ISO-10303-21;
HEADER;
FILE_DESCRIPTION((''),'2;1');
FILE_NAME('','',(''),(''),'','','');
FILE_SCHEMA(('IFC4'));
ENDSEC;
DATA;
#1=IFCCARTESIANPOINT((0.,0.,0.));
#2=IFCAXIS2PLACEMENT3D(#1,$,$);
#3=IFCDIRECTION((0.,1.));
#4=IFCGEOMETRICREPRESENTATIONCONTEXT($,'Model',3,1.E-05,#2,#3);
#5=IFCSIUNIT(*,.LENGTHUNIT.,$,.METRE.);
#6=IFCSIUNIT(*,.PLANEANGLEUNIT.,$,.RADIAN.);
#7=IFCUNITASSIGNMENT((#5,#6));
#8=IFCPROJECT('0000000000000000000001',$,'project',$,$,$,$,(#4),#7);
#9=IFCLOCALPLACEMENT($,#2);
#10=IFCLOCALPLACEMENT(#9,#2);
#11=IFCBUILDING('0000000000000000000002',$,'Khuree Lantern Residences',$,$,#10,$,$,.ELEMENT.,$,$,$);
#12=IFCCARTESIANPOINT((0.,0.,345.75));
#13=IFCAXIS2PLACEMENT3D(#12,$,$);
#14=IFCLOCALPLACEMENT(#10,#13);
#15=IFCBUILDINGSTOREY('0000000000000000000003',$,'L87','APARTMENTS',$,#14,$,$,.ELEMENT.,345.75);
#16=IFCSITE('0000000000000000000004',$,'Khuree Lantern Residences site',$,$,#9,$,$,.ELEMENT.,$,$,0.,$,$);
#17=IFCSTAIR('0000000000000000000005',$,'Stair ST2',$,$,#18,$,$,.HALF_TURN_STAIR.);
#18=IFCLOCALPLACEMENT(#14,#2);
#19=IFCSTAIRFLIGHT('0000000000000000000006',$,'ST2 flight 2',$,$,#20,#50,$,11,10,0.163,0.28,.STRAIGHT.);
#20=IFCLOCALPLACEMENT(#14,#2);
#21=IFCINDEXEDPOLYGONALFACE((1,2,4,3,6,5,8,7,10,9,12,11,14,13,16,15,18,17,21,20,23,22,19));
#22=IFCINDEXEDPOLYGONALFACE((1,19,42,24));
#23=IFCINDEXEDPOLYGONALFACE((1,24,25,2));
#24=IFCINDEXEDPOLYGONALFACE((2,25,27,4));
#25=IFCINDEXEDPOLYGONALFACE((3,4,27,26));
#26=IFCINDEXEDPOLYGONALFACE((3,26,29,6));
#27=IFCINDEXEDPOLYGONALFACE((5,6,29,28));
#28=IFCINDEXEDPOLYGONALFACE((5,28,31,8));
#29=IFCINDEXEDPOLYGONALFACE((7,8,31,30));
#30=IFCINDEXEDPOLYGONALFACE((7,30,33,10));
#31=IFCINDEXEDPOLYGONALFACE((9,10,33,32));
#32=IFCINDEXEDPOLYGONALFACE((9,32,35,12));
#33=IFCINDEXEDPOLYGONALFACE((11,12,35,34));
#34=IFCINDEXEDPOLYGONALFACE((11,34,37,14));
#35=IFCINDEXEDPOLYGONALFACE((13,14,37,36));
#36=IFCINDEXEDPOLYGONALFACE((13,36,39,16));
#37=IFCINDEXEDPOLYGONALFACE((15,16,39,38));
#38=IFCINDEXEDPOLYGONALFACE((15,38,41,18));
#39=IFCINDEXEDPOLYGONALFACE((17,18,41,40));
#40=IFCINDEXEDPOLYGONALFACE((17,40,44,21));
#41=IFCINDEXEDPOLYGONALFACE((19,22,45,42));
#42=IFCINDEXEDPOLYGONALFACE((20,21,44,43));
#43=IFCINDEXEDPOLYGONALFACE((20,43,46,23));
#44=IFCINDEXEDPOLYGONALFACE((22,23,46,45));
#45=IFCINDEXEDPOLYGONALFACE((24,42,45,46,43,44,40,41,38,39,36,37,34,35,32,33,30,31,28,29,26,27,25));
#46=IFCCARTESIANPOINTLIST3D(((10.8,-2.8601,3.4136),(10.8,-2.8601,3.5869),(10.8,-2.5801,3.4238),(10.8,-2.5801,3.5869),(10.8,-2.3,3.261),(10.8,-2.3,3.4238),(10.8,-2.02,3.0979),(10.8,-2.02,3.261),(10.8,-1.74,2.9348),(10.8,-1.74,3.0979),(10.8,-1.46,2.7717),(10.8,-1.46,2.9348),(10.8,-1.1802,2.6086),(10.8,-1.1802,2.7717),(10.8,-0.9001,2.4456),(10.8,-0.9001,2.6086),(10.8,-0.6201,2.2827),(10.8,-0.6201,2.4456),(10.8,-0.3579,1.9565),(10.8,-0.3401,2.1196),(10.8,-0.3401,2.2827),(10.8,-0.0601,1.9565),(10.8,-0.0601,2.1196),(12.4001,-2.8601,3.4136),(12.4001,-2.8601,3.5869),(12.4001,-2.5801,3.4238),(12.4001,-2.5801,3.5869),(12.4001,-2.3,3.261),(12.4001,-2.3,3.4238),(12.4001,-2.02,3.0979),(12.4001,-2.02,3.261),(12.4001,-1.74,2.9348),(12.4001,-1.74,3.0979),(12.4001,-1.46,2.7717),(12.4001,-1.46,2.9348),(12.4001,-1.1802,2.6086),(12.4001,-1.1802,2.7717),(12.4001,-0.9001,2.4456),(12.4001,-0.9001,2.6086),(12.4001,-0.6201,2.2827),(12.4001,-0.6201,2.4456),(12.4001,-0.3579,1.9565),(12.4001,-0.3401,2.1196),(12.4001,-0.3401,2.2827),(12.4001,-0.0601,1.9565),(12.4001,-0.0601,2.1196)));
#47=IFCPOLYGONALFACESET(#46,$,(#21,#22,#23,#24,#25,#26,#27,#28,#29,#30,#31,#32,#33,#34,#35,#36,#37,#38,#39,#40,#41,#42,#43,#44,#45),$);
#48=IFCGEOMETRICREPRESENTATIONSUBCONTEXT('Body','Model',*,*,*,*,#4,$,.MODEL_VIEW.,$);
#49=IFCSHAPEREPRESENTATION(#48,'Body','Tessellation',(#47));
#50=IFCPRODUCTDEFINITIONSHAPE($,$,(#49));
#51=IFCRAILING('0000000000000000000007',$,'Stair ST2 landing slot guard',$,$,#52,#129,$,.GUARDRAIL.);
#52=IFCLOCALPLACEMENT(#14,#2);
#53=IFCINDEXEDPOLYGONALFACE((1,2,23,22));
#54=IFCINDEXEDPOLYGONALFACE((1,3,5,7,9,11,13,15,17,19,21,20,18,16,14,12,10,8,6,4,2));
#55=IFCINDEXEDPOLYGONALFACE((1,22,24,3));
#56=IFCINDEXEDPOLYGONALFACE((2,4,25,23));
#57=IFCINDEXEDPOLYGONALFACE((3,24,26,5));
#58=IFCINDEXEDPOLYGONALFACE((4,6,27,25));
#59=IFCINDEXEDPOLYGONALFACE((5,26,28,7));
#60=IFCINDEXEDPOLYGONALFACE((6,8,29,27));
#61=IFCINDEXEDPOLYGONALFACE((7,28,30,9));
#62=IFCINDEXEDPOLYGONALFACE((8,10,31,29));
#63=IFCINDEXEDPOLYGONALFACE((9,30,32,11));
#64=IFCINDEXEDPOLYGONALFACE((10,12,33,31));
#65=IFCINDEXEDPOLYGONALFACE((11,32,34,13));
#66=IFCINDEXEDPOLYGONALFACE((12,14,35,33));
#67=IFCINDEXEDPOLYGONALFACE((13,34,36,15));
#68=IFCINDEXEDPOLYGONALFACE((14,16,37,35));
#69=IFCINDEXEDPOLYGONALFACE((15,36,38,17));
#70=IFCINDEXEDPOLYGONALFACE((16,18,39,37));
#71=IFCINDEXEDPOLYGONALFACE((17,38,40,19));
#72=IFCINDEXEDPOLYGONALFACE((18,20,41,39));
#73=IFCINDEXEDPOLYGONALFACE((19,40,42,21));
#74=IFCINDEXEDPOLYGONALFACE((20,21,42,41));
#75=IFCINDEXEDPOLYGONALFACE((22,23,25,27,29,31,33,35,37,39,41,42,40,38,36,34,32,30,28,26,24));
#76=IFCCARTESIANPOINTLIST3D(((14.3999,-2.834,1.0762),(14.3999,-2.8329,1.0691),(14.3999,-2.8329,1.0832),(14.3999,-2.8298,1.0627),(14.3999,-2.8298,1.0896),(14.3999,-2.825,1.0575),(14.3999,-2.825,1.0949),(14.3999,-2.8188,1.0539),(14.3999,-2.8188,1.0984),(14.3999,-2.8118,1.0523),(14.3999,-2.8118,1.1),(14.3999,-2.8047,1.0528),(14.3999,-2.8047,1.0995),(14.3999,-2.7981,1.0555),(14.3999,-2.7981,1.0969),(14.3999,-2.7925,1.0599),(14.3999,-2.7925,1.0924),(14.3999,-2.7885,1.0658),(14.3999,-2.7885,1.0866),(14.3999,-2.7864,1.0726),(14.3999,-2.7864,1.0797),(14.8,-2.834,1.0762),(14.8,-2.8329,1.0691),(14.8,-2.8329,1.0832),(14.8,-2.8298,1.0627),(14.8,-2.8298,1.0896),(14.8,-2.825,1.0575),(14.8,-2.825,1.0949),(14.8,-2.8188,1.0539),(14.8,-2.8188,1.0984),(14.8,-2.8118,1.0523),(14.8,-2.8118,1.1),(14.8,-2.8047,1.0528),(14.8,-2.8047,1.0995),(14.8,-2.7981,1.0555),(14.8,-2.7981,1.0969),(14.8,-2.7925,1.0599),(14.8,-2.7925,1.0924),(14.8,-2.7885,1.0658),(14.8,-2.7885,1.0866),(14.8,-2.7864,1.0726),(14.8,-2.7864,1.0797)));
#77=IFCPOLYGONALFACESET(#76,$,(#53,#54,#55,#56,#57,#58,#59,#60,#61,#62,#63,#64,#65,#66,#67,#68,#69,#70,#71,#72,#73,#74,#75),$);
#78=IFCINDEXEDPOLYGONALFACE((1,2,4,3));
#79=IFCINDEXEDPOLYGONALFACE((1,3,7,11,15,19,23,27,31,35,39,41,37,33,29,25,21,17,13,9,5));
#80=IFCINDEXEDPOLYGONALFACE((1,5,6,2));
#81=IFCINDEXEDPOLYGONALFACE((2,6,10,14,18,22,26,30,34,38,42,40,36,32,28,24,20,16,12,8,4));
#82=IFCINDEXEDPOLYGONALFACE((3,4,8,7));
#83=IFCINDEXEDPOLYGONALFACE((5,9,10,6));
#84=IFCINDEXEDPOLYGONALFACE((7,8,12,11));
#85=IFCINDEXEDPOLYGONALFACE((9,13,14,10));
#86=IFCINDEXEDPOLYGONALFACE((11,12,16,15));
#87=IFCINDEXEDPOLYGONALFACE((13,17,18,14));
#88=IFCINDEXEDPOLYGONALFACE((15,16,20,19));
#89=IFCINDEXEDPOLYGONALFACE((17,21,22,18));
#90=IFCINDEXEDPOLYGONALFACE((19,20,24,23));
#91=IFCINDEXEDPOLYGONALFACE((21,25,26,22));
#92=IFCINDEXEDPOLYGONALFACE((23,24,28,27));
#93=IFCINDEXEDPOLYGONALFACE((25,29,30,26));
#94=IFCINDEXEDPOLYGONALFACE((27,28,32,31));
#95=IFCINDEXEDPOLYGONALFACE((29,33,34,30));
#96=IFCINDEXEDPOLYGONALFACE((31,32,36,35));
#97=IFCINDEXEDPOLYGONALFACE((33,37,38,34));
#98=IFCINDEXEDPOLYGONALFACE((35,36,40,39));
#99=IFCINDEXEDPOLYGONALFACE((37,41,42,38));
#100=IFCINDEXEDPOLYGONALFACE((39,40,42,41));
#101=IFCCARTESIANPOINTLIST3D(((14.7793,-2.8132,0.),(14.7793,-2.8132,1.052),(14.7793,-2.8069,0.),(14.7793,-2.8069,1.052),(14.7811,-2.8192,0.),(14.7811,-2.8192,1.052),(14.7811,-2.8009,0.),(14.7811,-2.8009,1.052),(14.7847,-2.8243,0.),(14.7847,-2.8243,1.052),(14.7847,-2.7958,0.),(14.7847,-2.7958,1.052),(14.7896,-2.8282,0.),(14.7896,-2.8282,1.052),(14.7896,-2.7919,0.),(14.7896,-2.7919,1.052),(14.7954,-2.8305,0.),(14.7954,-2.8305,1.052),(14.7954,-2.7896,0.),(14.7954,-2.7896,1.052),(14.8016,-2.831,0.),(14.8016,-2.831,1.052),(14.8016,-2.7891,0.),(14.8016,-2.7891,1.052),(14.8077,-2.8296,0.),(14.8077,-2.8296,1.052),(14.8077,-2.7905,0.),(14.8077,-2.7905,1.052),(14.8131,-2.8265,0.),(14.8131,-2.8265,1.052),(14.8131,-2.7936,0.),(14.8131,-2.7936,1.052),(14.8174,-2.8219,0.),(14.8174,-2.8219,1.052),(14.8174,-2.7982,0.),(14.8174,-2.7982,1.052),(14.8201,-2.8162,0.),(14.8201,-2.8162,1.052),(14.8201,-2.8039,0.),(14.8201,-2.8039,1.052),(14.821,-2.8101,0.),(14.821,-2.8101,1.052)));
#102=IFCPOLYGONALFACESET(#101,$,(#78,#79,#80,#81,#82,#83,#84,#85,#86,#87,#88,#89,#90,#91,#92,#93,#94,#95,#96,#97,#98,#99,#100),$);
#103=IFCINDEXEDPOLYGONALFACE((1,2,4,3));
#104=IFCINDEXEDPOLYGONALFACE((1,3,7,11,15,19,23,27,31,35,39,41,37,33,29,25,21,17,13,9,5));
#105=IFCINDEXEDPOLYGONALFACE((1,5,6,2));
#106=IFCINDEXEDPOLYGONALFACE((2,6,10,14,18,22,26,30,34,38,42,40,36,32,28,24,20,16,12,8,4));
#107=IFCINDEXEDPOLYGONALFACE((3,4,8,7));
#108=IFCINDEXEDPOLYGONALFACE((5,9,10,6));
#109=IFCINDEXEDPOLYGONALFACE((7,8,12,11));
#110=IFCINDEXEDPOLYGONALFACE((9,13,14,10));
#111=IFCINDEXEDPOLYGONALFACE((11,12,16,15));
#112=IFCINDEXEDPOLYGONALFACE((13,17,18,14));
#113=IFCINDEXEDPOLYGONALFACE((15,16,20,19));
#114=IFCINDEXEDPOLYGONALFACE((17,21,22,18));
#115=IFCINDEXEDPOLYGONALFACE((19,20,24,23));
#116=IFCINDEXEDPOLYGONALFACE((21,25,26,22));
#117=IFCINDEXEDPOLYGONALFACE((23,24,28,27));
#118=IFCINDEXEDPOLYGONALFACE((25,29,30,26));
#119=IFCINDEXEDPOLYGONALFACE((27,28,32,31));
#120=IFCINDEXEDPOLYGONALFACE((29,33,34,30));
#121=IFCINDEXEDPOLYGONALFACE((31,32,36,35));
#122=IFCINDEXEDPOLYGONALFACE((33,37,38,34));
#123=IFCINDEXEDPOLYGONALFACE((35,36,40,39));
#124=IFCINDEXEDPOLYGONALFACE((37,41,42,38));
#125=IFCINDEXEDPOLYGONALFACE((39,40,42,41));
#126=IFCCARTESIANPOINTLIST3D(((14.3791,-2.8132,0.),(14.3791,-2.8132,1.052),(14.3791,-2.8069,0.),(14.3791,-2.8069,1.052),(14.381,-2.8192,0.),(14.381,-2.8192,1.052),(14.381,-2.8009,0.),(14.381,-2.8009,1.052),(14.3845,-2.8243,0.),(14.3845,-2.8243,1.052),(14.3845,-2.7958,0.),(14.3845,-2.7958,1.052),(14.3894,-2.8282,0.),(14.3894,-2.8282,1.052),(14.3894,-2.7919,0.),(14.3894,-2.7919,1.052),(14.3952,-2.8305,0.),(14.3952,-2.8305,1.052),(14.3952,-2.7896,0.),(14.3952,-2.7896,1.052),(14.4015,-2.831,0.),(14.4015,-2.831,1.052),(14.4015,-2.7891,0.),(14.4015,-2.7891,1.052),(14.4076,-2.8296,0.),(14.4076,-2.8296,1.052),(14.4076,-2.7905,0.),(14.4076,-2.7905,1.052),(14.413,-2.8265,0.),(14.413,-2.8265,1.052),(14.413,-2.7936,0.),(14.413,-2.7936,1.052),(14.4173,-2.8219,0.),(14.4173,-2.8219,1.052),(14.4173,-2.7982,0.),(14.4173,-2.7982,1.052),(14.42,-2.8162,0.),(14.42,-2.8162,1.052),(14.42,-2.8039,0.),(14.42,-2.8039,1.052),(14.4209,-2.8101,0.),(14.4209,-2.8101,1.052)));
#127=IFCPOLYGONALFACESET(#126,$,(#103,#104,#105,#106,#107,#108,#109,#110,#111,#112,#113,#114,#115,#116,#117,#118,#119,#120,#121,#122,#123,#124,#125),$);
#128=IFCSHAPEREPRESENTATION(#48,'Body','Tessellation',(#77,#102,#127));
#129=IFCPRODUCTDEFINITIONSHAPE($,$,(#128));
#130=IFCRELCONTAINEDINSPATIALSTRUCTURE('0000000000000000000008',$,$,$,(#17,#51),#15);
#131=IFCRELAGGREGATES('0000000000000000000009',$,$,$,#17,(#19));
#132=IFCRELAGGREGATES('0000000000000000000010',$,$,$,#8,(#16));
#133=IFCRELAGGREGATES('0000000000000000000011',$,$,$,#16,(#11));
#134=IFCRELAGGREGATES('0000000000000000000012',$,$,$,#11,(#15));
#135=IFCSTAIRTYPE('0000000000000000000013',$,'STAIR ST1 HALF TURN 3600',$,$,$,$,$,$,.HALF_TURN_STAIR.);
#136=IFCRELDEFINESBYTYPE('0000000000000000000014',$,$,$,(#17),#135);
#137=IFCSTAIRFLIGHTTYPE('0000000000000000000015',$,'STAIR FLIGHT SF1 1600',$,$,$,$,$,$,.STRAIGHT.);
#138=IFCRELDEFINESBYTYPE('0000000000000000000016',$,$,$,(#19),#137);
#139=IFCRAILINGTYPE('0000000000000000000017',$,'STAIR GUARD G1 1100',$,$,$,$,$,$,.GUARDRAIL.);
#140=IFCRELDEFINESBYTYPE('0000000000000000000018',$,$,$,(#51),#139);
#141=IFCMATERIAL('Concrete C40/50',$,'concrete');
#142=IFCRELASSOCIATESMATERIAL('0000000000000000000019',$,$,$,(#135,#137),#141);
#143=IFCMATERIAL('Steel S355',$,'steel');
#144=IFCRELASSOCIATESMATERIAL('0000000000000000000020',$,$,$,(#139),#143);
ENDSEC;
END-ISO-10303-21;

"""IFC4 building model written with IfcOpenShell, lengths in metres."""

from ifc_helpers import new_model, si_unit, direction, frame, origin, origin_2d, place, context, subcontext, project, spatial, polyline, circle, outline, extrude, material, type_object, element, aggregate, save


model = new_model("IFC4")

# Units and contexts
model_context = context("Model", 3, precision=1e-05, world=origin(), true_north=direction((0.0, 1.0)))
body_context = subcontext(model_context, "Body", "Model", "MODEL_VIEW")
ifc_project = project(units=[si_unit("LENGTHUNIT", "METRE"), si_unit("PLANEANGLEUNIT", "RADIAN")], contexts=[model_context])

# Site, building, storey
site_placement = place(None, origin())
site = spatial("IfcSite", under=ifc_project, at=site_placement, Name="Khuree Lantern Residences site", CompositionType="ELEMENT", RefElevation=0.0)
building_placement = place(site_placement, origin())
building = spatial("IfcBuilding", under=site, at=building_placement, Name="Khuree Lantern Residences", CompositionType="ELEMENT")
storey_placement = place(building_placement, frame((0.0, 0.0, 345.75)))
storey = spatial("IfcBuildingStorey", under=building, at=storey_placement, Name="L87", Description="APARTMENTS", CompositionType="ELEMENT", Elevation=345.75)

# Shared definitions
ifc_material_1 = material(Name="Concrete C40/50", Category="concrete")
stair_type = type_object("IfcStairType", Name="STAIR ST1 HALF TURN 3600", PredefinedType="HALF_TURN_STAIR", material=ifc_material_1)

# Stair
stair_1_placement = place(storey_placement, origin())
stair_1 = element("IfcStair", 1, at=stair_1_placement, inside=storey, type_object=stair_type, Name="Stair ST2", PredefinedType="HALF_TURN_STAIR")

# Stair flight
stair_flight_type = type_object("IfcStairFlightType", Name="STAIR FLIGHT SF1 1600", PredefinedType="STRAIGHT", material=ifc_material_1)
stair_flight_1_placement = place(storey_placement, frame((11.6001, -0.0601, 1.9565), z_axis=(0.0, 0.0, 1.0), x_axis=(0.0, -1.0, 0.0)))
stair_flight_1 = element("IfcStairFlight", 2, at=stair_flight_1_placement, type_object=stair_flight_type, Name="ST2 flight 2", NumberOfRisers=11, NumberOfTreads=10, PredefinedType="STRAIGHT", RiserHeight=0.163, TreadLength=0.28, context=body_context, shape_type="SweptSolid", body=[
    extrude(outline(polyline([(0.0, 0.0), (0.0, 0.1631), (0.28, 0.1631), (0.28, 0.3262), (0.5601, 0.3262), (0.5601, 0.489), (0.8401, 0.489), (0.8401, 0.6521), (1.1201, 0.6521), (1.1201, 0.8152), (1.3999, 0.8152), (1.3999, 0.9783), (1.6799, 0.9783), (1.6799, 1.1414), (1.96, 1.1414), (1.96, 1.3044), (2.24, 1.3044), (2.24, 1.4673), (2.52, 1.4673), (2.52, 1.6304), (2.8, 1.6304), (2.8, 1.7935), (2.8, 1.457), (0.2979, 0.0), (0.0, 0.0)])), frame((0.0, 0.8, 0.0), z_axis=(0.0, -1.0, 0.0), x_axis=(1.0, 0.0, 0.0)), (0.0, 0.0, 1.0), 1.6001),
])
aggregate(stair_1, [stair_flight_1])

# Railing
ifc_material_2 = material(Name="Steel S355", Category="steel")
railing_type_1 = type_object("IfcRailingType", Name="STAIR GUARD G1 1100", PredefinedType="GUARDRAIL", material=ifc_material_2)
railing_1_placement = place(storey_placement, frame((14.8, -2.8101, 0.0)))
element("IfcRailing", 3, at=railing_1_placement, inside=storey, type_object=railing_type_1, Name="Stair ST2 landing slot guard", PredefinedType="GUARDRAIL", context=body_context, shape_type="SweptSolid", body=[
    extrude(circle(Radius=0.0239, at=origin_2d()), frame((0.0, 0.0, 1.0762), z_axis=(-1.0, 0.0, 0.0), x_axis=(0.0, -1.0, 0.0)), (0.0, 0.0, 1.0), 0.4001),
    extrude(circle(Radius=0.021, at=origin_2d()), origin(), (0.0, 0.0, 1.0), 1.052),
    extrude(circle(Radius=0.021, at=origin_2d()), frame((-0.4001, 0.0, 0.0)), (0.0, 0.0, 1.0), 1.052),
])

save(model, "model.ifc")
